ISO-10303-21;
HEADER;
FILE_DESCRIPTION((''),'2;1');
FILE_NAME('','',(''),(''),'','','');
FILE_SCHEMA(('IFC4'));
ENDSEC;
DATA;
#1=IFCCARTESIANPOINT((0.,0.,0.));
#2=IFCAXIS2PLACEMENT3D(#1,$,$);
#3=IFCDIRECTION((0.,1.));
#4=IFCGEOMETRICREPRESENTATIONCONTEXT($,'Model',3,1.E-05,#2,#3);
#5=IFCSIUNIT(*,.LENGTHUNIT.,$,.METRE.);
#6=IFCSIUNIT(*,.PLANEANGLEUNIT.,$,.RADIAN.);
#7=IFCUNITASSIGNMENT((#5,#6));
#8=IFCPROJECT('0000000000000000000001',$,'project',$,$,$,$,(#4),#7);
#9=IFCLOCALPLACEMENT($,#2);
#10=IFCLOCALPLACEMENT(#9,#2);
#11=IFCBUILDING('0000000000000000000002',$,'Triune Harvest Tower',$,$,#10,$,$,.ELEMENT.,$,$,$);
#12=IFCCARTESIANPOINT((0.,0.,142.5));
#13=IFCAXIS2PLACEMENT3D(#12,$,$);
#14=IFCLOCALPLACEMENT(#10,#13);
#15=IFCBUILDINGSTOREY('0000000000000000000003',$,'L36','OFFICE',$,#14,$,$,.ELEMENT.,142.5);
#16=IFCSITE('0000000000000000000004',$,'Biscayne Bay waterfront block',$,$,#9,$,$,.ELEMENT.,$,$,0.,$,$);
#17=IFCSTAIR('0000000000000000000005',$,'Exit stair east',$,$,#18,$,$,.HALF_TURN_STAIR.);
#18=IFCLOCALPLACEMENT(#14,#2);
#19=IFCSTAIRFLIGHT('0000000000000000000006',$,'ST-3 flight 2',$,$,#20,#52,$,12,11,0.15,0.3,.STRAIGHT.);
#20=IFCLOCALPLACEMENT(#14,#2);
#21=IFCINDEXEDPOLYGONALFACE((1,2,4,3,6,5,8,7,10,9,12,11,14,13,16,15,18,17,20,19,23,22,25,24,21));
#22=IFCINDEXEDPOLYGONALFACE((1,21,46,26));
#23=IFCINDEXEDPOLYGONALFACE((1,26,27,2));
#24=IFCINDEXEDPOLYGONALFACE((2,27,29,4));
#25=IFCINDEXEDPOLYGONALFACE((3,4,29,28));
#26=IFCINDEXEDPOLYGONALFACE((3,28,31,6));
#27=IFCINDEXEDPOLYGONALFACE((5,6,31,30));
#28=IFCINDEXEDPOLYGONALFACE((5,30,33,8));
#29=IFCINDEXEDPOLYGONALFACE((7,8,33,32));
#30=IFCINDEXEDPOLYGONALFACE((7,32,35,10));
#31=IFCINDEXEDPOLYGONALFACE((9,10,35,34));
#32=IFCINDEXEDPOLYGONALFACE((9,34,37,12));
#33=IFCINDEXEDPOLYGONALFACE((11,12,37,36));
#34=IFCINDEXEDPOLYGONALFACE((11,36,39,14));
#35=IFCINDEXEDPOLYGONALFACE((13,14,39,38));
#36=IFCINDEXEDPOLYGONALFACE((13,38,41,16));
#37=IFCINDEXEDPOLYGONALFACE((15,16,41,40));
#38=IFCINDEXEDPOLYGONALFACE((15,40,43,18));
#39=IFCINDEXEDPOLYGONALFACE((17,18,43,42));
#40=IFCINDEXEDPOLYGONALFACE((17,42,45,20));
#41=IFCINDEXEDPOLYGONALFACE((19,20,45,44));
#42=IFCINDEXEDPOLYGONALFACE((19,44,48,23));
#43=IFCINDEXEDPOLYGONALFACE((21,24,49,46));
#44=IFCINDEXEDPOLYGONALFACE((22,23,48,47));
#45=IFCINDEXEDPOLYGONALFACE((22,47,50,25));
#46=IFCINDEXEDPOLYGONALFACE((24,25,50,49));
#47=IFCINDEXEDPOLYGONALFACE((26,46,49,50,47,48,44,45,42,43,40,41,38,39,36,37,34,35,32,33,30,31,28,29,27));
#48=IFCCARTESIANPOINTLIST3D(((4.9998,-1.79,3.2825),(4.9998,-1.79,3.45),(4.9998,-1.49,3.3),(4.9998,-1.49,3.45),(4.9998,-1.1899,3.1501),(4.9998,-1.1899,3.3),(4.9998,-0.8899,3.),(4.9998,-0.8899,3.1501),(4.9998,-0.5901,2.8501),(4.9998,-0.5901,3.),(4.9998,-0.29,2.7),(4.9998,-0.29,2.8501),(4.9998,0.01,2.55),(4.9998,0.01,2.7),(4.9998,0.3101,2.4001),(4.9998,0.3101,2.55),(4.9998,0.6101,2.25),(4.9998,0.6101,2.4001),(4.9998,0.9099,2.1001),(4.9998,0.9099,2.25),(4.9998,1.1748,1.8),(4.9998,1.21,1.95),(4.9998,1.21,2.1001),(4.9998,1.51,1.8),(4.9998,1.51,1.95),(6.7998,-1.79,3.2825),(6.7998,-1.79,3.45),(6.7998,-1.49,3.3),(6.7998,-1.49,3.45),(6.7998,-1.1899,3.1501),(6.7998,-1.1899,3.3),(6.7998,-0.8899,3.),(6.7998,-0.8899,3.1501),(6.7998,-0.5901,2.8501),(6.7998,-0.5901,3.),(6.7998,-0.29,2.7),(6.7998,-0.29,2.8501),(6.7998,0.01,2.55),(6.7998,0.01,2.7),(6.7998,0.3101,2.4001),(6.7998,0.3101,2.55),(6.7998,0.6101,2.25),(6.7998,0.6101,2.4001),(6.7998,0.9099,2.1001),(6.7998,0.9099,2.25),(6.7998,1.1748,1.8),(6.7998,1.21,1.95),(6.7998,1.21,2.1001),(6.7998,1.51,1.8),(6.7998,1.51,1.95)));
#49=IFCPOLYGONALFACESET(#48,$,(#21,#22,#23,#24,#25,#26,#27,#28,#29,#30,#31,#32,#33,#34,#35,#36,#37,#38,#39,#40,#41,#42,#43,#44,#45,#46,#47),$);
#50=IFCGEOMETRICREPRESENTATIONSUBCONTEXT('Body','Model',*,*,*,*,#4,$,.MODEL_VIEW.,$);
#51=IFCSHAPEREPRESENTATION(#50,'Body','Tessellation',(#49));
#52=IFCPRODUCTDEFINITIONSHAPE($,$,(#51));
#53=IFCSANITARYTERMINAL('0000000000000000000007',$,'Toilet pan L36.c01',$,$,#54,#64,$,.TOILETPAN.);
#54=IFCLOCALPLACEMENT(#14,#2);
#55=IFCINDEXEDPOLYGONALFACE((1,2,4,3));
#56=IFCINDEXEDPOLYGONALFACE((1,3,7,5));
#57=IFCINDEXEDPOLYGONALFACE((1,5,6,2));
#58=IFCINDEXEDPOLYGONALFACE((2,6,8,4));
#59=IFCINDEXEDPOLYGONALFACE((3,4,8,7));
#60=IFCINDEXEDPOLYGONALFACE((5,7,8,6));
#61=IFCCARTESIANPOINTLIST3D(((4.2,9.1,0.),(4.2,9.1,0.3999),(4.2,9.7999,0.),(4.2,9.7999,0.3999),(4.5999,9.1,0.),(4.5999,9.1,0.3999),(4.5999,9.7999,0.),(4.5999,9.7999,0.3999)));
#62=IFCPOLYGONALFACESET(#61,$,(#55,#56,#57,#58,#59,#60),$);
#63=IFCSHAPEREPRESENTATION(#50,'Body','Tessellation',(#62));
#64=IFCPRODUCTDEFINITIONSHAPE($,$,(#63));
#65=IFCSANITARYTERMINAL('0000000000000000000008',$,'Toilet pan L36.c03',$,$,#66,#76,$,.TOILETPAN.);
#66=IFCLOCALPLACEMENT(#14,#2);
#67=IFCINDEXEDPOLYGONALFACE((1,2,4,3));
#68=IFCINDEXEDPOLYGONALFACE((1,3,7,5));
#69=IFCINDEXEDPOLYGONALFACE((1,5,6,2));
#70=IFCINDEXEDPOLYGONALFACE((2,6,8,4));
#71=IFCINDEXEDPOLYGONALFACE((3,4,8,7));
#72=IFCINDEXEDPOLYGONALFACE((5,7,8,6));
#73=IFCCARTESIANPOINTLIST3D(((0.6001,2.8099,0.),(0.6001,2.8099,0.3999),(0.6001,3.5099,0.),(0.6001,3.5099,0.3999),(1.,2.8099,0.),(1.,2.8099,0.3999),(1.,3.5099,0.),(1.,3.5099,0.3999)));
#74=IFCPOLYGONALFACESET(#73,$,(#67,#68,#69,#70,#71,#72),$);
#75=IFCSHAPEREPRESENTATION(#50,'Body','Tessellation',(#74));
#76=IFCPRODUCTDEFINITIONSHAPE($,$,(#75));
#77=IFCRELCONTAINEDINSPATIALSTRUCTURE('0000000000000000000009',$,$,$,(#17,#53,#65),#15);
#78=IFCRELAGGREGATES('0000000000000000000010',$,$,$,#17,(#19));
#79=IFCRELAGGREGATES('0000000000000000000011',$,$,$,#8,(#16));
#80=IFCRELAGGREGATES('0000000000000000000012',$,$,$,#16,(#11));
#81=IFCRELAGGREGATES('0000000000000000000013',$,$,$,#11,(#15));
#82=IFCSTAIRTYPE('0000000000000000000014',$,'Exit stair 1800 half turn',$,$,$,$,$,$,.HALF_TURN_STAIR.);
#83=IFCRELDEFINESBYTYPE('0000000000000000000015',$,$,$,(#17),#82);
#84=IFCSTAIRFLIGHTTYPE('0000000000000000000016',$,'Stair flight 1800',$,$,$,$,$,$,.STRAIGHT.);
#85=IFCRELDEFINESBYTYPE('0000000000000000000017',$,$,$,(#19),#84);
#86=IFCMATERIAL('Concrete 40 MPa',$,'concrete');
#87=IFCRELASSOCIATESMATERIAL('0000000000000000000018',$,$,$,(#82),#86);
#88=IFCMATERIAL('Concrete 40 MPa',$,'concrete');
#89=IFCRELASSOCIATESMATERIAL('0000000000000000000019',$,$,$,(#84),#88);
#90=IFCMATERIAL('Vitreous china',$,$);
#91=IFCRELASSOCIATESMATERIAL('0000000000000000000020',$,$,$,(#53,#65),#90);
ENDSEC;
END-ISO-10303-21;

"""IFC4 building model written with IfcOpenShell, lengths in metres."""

from ifc_helpers import new_model, si_unit, direction, frame, origin, origin_2d, place, context, subcontext, project, spatial, polyline, rectangle, outline, extrude, source, transform, mapped, material, type_object, element, aggregate, save


model = new_model("IFC4")

# Units and contexts
model_context = context("Model", 3, precision=1e-05, world=origin(), true_north=direction((0.0, 1.0)))
body_context = subcontext(model_context, "Body", "Model", "MODEL_VIEW")
ifc_project = project(units=[si_unit("LENGTHUNIT", "METRE"), si_unit("PLANEANGLEUNIT", "RADIAN")], contexts=[model_context])

# Site, building, storey
site_placement = place(None, origin())
site = spatial("IfcSite", under=ifc_project, at=site_placement, Name="Biscayne Bay waterfront block", CompositionType="ELEMENT", RefElevation=0.0)
building_placement = place(site_placement, origin())
building = spatial("IfcBuilding", under=site, at=building_placement, Name="Triune Harvest Tower", CompositionType="ELEMENT")
storey_placement = place(building_placement, frame((0.0, 0.0, 142.5)))
storey = spatial("IfcBuildingStorey", under=building, at=storey_placement, Name="L36", Description="OFFICE", CompositionType="ELEMENT", Elevation=142.5)

# Stair
ifc_material_1 = material(Name="Concrete 40 MPa", Category="concrete")
stair_type = type_object("IfcStairType", Name="Exit stair 1800 half turn", PredefinedType="HALF_TURN_STAIR", material=ifc_material_1)
stair_1_placement = place(storey_placement, origin())
stair_1 = element("IfcStair", 1, at=stair_1_placement, inside=storey, type_object=stair_type, Name="Exit stair east", PredefinedType="HALF_TURN_STAIR")

# Shared definitions
ifc_material_2 = material(Name="Concrete 40 MPa", Category="concrete")
stair_flight_type = type_object("IfcStairFlightType", Name="Stair flight 1800", PredefinedType="STRAIGHT", material=ifc_material_2)
shared_shape_1 = source(origin(), body_context, "Body", "SweptSolid", [
    extrude(outline(polyline([(0.0, 0.0), (0.0, 0.1499), (0.3, 0.1499), (0.3, 0.3), (0.6001, 0.3), (0.6001, 0.45), (0.8999, 0.45), (0.8999, 0.6001), (1.2, 0.6001), (1.2, 0.75), (1.5, 0.75), (1.5, 0.8999), (1.8, 0.8999), (1.8, 1.05), (2.1001, 1.05), (2.1001, 1.2), (2.3999, 1.2), (2.3999, 1.3501), (2.7, 1.3501), (2.7, 1.5), (3.0, 1.5), (3.0, 1.6499), (3.3, 1.6499), (3.3, 1.8), (3.3, 1.4824), (0.3352, 0.0), (0.0, 0.0)])), frame((0.0, 0.8999, 0.0), z_axis=(0.0, -1.0, 0.0), x_axis=(1.0, 0.0, 0.0)), (0.0, 0.0, 1.0), 1.8),
])

# Stair flight
stair_flight_1_placement = place(storey_placement, frame((5.8999, 1.51, 1.8), z_axis=(0.0, 0.0, 1.0), x_axis=(0.0, -1.0, 0.0)))
stair_flight_1 = element("IfcStairFlight", 2, at=stair_flight_1_placement, type_object=stair_flight_type, Name="ST-3 flight 2", NumberOfRisers=12, NumberOfTreads=11, PredefinedType="STRAIGHT", RiserHeight=0.15, TreadLength=0.3, context=body_context, shape_type="MappedRepresentation", body=[
    mapped(shared_shape_1, transform((0.0, 0.0, 0.0), scale=1.0)),
])
aggregate(stair_1, [stair_flight_1])

# Sanitary terminals
ifc_material_3 = material(Name="Vitreous china")
shared_shape_2 = source(origin(), body_context, "Body", "SweptSolid", [
    extrude(rectangle(XDim=0.3999, YDim=0.7, at=origin_2d()), origin(), (0.0, 0.0, 1.0), 0.3999),
])
for number, where, z_axis, x_axis, name in (
    (3, (4.3999, 9.45, 0.0), (0.0, 0.0, 1.0), (1.0, 0.0, 0.0), "Toilet pan L36.c01"),
    (4, (0.8, 3.1599, 0.0), (0.0, 0.0, 1.0), (-1.0, 0.0, 0.0), "Toilet pan L36.c03"),
):
    element("IfcSanitaryTerminal", number, at=place(storey_placement, frame(where, z_axis=z_axis, x_axis=x_axis)), inside=storey, material=ifc_material_3, Name=name, PredefinedType="TOILETPAN", context=body_context, shape_type="MappedRepresentation", body=[
        mapped(shared_shape_2, transform((0.0, 0.0, 0.0), scale=1.0)),
    ])

save(model, "model.ifc")
